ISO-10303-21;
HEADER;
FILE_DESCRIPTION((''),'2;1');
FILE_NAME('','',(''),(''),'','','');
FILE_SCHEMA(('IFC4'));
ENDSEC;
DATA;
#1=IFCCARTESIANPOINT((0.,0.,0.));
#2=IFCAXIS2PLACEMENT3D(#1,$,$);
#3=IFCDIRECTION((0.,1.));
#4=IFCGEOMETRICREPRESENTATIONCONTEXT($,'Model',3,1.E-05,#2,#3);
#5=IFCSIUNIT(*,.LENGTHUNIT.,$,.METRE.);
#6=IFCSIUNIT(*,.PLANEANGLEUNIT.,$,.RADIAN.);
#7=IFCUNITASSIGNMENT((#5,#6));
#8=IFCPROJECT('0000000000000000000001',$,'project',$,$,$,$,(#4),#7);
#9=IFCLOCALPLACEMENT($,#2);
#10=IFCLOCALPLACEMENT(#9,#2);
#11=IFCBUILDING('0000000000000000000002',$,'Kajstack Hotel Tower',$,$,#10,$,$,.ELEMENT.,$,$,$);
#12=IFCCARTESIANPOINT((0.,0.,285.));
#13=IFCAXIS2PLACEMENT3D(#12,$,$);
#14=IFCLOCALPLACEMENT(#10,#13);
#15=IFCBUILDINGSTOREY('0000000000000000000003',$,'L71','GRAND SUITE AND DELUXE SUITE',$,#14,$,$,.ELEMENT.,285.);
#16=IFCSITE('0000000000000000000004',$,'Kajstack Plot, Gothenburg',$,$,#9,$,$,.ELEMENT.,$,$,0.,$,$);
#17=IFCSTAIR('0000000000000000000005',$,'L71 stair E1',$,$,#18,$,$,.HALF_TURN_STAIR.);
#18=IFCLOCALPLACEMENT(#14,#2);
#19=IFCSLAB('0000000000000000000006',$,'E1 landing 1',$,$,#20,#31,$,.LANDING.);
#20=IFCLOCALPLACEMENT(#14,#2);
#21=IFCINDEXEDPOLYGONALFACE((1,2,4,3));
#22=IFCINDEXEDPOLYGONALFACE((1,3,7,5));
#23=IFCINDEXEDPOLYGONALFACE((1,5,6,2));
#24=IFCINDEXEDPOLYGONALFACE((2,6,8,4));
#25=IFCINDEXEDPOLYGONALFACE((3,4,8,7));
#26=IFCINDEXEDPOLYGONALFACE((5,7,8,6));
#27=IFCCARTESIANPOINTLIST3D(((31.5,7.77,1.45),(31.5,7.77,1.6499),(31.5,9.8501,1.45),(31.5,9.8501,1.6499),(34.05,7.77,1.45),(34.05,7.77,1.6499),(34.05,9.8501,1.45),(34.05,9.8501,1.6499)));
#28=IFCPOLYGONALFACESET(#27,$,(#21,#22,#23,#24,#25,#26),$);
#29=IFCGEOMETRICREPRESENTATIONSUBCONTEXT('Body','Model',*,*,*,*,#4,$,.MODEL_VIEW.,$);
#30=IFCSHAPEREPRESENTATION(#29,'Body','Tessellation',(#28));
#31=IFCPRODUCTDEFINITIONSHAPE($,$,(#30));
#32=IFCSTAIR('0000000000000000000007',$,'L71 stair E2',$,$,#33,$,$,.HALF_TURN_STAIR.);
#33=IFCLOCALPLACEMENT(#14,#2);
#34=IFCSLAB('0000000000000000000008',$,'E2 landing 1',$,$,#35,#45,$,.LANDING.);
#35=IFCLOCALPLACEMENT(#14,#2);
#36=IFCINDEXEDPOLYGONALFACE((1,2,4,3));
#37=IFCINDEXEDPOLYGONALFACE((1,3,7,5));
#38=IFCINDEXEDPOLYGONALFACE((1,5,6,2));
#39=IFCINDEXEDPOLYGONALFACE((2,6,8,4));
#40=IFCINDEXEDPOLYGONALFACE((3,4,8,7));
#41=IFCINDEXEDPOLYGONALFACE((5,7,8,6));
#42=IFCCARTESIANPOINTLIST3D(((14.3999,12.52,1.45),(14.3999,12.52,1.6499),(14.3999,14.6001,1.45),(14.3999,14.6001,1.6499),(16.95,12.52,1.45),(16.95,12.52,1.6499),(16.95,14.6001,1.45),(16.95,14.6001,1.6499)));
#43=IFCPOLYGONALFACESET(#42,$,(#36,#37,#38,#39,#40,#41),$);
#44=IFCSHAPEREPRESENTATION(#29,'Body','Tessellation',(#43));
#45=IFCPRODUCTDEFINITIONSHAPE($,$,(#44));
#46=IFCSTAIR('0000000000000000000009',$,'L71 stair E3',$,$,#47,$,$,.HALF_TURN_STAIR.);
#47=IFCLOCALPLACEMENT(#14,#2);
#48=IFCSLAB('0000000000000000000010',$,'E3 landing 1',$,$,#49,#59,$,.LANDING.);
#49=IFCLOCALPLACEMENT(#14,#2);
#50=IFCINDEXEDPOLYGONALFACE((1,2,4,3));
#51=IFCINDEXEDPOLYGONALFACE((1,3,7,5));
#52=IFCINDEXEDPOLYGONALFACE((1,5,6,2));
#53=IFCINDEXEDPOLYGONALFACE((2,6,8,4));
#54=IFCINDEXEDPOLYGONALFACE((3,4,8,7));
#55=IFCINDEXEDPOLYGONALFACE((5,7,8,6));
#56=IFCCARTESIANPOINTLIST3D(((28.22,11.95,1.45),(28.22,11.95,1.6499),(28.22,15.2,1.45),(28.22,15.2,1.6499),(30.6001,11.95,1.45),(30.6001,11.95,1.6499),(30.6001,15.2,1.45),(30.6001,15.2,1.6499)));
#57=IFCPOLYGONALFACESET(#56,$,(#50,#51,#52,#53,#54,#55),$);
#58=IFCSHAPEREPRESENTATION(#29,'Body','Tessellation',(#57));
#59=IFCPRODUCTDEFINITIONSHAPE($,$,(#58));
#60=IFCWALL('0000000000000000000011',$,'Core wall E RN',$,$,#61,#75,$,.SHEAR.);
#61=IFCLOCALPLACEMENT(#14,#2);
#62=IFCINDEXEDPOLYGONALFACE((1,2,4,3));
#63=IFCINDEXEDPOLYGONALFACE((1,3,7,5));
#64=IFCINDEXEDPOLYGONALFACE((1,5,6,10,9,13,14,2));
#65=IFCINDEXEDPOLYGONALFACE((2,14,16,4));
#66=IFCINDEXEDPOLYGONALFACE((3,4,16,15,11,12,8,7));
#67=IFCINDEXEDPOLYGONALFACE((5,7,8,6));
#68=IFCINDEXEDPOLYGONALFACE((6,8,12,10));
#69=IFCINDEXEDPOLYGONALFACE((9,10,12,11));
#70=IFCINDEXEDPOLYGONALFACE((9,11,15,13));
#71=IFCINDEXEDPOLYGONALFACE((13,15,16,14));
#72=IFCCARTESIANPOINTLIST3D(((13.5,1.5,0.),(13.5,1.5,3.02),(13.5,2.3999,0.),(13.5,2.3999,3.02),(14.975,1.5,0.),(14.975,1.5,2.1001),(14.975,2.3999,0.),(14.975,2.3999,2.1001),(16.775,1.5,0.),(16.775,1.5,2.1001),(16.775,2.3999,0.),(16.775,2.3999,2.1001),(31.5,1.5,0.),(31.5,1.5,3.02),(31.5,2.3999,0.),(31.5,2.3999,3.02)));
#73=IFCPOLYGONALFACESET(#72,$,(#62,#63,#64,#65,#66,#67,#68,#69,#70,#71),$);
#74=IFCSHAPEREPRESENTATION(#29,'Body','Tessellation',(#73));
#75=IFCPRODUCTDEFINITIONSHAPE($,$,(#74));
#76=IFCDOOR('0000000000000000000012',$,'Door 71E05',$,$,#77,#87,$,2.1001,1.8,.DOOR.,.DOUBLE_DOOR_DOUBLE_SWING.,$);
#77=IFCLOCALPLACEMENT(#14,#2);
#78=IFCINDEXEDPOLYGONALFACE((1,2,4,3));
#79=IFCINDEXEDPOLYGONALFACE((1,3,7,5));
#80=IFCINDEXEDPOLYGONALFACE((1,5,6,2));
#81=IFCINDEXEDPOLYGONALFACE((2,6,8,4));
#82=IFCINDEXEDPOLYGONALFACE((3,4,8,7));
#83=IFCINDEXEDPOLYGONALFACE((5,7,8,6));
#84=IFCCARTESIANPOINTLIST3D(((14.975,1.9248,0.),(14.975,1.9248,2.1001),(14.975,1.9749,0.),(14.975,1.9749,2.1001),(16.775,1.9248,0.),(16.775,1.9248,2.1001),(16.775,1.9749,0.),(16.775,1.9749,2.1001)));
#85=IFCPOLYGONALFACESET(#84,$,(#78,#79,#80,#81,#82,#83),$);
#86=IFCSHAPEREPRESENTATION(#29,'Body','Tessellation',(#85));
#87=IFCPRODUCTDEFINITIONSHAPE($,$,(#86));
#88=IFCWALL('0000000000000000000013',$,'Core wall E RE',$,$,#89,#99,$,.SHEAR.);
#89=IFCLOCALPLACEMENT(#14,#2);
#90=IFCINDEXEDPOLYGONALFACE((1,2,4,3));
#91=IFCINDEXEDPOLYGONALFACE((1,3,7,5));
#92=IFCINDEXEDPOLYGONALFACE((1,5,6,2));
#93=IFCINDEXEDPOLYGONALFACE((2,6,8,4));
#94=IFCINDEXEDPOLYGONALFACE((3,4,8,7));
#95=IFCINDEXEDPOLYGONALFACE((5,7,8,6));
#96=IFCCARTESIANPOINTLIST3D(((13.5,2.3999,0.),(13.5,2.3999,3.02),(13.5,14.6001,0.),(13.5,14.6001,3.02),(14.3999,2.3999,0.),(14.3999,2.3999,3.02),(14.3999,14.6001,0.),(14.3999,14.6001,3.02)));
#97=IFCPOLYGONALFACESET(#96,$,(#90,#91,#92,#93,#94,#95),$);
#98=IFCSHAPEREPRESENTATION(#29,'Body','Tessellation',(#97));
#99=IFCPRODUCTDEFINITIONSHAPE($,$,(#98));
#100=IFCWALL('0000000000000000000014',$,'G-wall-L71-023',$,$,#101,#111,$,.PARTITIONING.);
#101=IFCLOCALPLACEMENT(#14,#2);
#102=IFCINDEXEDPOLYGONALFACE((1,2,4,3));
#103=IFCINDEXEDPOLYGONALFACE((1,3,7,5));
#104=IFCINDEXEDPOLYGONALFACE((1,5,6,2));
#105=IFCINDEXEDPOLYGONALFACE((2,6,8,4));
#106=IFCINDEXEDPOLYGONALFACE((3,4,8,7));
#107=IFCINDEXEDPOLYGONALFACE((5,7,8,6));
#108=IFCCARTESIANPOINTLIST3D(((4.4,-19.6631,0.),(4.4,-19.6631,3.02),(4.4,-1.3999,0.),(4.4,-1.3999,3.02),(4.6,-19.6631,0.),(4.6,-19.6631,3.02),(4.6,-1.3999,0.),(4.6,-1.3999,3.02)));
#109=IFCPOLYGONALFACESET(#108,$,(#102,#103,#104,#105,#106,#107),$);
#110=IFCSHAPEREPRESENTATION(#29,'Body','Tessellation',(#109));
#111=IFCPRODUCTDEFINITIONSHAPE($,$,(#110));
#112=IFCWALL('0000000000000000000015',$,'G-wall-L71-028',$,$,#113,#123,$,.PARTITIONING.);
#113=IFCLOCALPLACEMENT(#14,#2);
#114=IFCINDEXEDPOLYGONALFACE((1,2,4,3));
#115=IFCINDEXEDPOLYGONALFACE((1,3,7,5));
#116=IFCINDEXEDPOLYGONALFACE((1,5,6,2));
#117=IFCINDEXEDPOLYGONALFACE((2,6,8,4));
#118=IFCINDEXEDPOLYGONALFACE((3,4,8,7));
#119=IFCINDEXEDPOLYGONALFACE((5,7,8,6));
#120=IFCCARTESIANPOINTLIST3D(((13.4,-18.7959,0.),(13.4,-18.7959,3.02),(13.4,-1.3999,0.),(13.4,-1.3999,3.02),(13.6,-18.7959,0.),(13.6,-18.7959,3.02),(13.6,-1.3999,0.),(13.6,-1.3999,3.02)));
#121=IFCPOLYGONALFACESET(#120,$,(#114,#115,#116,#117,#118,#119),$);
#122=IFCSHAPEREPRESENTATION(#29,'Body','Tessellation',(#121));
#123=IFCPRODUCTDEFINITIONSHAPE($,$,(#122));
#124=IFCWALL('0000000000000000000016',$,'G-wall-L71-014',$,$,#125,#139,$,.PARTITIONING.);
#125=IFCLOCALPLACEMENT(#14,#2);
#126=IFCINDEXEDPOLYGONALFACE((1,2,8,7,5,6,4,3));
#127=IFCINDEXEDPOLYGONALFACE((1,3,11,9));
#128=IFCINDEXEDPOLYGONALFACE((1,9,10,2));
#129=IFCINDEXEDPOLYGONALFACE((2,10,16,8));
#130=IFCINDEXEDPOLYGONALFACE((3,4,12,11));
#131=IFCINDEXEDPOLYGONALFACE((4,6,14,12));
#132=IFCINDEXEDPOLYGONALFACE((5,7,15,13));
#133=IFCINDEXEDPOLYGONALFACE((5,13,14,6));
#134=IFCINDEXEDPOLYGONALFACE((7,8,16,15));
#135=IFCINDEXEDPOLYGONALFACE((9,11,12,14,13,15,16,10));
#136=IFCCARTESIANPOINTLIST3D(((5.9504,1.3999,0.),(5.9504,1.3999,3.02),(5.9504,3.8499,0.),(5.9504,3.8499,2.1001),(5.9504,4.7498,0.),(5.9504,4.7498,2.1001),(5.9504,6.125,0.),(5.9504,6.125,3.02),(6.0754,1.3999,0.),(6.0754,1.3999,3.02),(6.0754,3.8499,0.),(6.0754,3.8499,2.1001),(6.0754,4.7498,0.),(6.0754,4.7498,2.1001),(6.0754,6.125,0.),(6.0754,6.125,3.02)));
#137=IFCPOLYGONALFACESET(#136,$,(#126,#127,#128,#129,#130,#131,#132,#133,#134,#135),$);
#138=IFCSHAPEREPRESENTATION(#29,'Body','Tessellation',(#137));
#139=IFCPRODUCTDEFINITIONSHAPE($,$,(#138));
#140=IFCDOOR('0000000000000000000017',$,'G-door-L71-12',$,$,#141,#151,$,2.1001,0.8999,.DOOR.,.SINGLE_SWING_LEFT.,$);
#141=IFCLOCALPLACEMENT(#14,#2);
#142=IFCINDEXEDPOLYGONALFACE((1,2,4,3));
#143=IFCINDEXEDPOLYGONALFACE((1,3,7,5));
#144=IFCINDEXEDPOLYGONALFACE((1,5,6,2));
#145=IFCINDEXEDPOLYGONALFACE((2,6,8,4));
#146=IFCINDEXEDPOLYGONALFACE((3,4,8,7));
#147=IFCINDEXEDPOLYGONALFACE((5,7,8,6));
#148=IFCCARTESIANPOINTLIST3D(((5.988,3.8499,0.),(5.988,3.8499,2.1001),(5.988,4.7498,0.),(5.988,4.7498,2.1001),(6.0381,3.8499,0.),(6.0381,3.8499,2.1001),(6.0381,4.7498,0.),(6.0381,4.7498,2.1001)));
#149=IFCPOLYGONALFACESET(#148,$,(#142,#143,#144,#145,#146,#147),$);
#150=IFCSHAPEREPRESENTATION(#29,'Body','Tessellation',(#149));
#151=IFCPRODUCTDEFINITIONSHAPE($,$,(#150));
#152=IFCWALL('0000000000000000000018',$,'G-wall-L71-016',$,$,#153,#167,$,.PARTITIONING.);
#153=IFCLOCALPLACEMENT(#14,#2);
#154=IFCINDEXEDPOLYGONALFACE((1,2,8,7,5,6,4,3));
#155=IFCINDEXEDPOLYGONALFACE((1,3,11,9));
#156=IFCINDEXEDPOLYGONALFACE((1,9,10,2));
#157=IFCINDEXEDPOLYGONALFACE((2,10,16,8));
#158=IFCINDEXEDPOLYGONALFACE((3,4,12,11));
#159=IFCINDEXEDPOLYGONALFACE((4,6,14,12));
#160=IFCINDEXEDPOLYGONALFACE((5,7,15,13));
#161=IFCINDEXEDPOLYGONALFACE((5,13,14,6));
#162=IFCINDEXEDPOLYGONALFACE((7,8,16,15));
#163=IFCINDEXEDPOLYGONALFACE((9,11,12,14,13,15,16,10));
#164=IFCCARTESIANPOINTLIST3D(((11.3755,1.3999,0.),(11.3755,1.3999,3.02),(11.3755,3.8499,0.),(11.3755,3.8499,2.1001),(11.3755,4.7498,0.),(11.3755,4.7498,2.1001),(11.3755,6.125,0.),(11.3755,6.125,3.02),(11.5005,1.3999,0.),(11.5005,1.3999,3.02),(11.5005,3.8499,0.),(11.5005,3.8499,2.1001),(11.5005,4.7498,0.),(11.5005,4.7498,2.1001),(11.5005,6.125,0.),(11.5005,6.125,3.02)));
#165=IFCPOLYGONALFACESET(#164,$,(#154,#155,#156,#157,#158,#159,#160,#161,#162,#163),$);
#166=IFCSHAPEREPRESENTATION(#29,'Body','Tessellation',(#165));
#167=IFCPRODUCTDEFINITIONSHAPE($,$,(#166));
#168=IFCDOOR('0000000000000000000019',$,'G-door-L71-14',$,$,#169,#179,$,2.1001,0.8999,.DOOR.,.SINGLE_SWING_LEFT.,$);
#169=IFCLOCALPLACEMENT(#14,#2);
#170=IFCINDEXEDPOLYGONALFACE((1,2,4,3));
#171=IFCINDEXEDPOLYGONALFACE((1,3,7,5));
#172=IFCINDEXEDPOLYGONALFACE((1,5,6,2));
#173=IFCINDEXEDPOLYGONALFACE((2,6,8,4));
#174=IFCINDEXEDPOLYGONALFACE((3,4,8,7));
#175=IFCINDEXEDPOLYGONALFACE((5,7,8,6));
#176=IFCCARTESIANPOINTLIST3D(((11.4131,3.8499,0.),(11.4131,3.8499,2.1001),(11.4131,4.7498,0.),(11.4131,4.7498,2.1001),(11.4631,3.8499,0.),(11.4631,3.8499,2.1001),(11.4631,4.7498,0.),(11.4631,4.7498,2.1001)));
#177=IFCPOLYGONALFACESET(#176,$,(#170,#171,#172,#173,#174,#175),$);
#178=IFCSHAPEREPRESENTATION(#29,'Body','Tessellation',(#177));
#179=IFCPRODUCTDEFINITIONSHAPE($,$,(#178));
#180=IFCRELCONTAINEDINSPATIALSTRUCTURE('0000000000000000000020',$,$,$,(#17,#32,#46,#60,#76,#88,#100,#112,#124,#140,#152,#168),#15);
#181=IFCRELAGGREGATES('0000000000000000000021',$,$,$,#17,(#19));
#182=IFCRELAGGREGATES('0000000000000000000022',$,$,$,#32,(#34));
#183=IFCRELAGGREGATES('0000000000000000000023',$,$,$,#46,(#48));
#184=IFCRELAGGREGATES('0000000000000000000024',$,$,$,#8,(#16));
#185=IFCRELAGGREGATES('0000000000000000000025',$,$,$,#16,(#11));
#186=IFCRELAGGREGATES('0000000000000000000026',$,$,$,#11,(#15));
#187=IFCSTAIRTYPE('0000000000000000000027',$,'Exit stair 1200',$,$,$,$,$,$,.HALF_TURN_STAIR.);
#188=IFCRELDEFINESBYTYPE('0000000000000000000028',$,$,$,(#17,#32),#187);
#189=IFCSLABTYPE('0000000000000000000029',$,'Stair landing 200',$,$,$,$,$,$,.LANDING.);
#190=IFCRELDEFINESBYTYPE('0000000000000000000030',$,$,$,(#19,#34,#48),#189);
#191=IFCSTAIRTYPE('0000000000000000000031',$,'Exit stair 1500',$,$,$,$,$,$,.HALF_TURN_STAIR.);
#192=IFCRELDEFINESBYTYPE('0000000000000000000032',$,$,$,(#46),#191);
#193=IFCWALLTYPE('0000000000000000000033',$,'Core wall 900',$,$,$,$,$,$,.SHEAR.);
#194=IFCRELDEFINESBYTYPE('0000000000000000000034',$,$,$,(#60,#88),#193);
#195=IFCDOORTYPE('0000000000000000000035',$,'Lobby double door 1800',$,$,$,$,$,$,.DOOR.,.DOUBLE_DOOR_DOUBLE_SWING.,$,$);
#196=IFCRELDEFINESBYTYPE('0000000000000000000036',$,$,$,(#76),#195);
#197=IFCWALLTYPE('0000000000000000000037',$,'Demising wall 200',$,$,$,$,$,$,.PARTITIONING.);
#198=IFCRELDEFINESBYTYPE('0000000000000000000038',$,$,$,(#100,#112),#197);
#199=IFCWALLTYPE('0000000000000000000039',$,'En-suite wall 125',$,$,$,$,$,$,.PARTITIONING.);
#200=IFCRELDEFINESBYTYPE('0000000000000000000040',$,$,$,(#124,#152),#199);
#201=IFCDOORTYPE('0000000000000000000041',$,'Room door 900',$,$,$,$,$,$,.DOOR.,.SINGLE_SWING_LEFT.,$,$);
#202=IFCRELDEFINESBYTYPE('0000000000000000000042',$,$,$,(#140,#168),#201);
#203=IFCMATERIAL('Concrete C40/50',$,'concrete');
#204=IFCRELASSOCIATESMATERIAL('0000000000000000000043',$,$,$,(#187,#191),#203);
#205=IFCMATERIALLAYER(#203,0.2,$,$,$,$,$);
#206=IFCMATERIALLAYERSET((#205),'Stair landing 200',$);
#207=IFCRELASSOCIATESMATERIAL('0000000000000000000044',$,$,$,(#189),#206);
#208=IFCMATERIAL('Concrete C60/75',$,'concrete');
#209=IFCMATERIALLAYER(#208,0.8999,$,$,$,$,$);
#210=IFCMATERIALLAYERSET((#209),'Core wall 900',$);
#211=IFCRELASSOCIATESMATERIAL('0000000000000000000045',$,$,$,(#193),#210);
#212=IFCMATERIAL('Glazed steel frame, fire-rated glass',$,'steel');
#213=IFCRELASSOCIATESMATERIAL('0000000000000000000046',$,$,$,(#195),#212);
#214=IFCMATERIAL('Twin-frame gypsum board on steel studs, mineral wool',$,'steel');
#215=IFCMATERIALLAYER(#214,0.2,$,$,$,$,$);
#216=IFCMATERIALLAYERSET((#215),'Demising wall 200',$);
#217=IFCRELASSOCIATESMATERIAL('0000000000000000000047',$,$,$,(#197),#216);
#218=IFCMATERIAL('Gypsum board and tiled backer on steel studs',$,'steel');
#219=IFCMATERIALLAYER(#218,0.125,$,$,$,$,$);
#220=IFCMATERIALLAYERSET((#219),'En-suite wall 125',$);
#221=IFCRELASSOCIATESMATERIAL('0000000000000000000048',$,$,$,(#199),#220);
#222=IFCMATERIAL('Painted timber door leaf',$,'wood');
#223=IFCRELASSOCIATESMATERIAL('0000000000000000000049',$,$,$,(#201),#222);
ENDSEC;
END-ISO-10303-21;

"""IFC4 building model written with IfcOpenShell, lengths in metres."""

from ifc_helpers import new_model, si_unit, direction, frame, frame_2d, origin, place, context, subcontext, project, spatial, polyline, rectangle, outline, extrude, material, layer, layer_set, type_object, element, fill, aggregate, save


model = new_model("IFC4")

# Units and contexts
model_context = context("Model", 3, precision=1e-05, world=origin(), true_north=direction((0.0, 1.0)))
body_context = subcontext(model_context, "Body", "Model", "MODEL_VIEW")
ifc_project = project(units=[si_unit("LENGTHUNIT", "METRE"), si_unit("PLANEANGLEUNIT", "RADIAN")], contexts=[model_context])

# Site, building, storey
site_placement = place(None, origin())
site = spatial("IfcSite", under=ifc_project, at=site_placement, Name="Kajstack Plot, Gothenburg", CompositionType="ELEMENT", RefElevation=0.0)
building_placement = place(site_placement, origin())
building = spatial("IfcBuilding", under=site, at=building_placement, Name="Kajstack Hotel Tower", CompositionType="ELEMENT")
storey_placement = place(building_placement, frame((0.0, 0.0, 285.0)))
storey = spatial("IfcBuildingStorey", under=building, at=storey_placement, Name="L71", Description="GRAND SUITE AND DELUXE SUITE", CompositionType="ELEMENT", Elevation=285.0)

# Stairs, slabs
ifc_material_1 = material(Name="Concrete C40/50", Category="concrete")
stair_type_1 = type_object("IfcStairType", Name="Exit stair 1200", PredefinedType="HALF_TURN_STAIR", material=ifc_material_1)
stair_1_placement = place(storey_placement, origin())
stair_1 = element("IfcStair", 1, at=stair_1_placement, inside=storey, type_object=stair_type_1, Name="L71 stair E1", PredefinedType="HALF_TURN_STAIR")
ifc_layer_1 = layer(ifc_material_1, 0.2)
ifc_layer_set_1 = layer_set([ifc_layer_1], Name="Stair landing 200")
slab_type = type_object("IfcSlabType", Name="Stair landing 200", PredefinedType="LANDING", material=ifc_layer_set_1)
slab_1_placement = place(storey_placement, frame((0.0, 0.0, 1.45)))
slab_1 = element("IfcSlab", 2, at=slab_1_placement, type_object=slab_type, Name="E1 landing 1", PredefinedType="LANDING", context=body_context, shape_type="SweptSolid", body=[
    extrude(outline(polyline([(34.05, 7.77), (34.05, 9.8501), (31.5, 9.8501), (31.5, 7.77), (34.05, 7.77)])), origin(), (0.0, 0.0, 1.0), 0.2),
])
aggregate(stair_1, [slab_1])
stair_2_placement = place(storey_placement, origin())
stair_2 = element("IfcStair", 3, at=stair_2_placement, inside=storey, type_object=stair_type_1, Name="L71 stair E2", PredefinedType="HALF_TURN_STAIR")
slab_2_placement = place(storey_placement, frame((0.0, 0.0, 1.45)))
slab_2 = element("IfcSlab", 4, at=slab_2_placement, type_object=slab_type, Name="E2 landing 1", PredefinedType="LANDING", context=body_context, shape_type="SweptSolid", body=[
    extrude(outline(polyline([(16.95, 12.52), (16.95, 14.6001), (14.3999, 14.6001), (14.3999, 12.52), (16.95, 12.52)])), origin(), (0.0, 0.0, 1.0), 0.2),
])
aggregate(stair_2, [slab_2])
stair_type_2 = type_object("IfcStairType", Name="Exit stair 1500", PredefinedType="HALF_TURN_STAIR", material=ifc_material_1)
stair_3_placement = place(storey_placement, origin())
stair_3 = element("IfcStair", 5, at=stair_3_placement, inside=storey, type_object=stair_type_2, Name="L71 stair E3", PredefinedType="HALF_TURN_STAIR")
slab_3_placement = place(storey_placement, frame((0.0, 0.0, 1.45)))
slab_3 = element("IfcSlab", 6, at=slab_3_placement, type_object=slab_type, Name="E3 landing 1", PredefinedType="LANDING", context=body_context, shape_type="SweptSolid", body=[
    extrude(outline(polyline([(28.22, 11.95), (30.6001, 11.95), (30.6001, 15.2), (28.22, 15.2), (28.22, 11.95)])), origin(), (0.0, 0.0, 1.0), 0.2),
])
aggregate(stair_3, [slab_3])

# Wall, opening, door
ifc_material_2 = material(Name="Concrete C60/75", Category="concrete")
ifc_layer_2 = layer(ifc_material_2, 0.8999)
ifc_layer_set_2 = layer_set([ifc_layer_2], Name="Core wall 900")
wall_type_1 = type_object("IfcWallType", Name="Core wall 900", PredefinedType="SHEAR", material=ifc_layer_set_2)
wall_1_placement = place(storey_placement, frame((13.5, 1.95, 0.0), z_axis=(0.0, 0.0, 1.0), x_axis=(1.0, 0.0, 0.0)))
wall_1 = element("IfcWall", 7, at=wall_1_placement, inside=storey, type_object=wall_type_1, Name="Core wall E RN", PredefinedType="SHEAR", context=body_context, shape_type="SweptSolid", body=[
    extrude(rectangle(XDim=18.0, YDim=0.8999, at=frame_2d((9.0, 0.0))), origin(), (0.0, 0.0, 1.0), 3.02),
])
opening_1_placement = place(wall_1_placement, frame((1.4751, 0.0, 0.0)))
opening_1 = element("IfcOpeningElement", 8, at=opening_1_placement, cuts=wall_1, PredefinedType="OPENING", context=body_context, shape_type="SweptSolid", body=[
    extrude(rectangle(XDim=1.8, YDim=2.1001, at=frame_2d((0.8999, 1.05))), frame((0.0, 0.46, 0.0), z_axis=(0.0, -1.0, 0.0), x_axis=(1.0, 0.0, 0.0)), (0.0, 0.0, 1.0), 0.9199),
])
ifc_material_3 = material(Name="Glazed steel frame, fire-rated glass", Category="steel")
door_type_1 = type_object("IfcDoorType", Name="Lobby double door 1800", OperationType="DOUBLE_DOOR_DOUBLE_SWING", PredefinedType="DOOR", material=ifc_material_3)
door_1_placement = place(opening_1_placement, origin())
door_1 = element("IfcDoor", 9, at=door_1_placement, inside=storey, type_object=door_type_1, Name="Door 71E05", OperationType="DOUBLE_DOOR_DOUBLE_SWING", OverallHeight=2.1001, OverallWidth=1.8, PredefinedType="DOOR", context=body_context, shape_type="SweptSolid", body=[
    extrude(rectangle(XDim=1.8, YDim=2.1001, at=frame_2d((0.8999, 1.05))), frame((0.0, 0.0249, 0.0), z_axis=(0.0, -1.0, 0.0), x_axis=(1.0, 0.0, 0.0)), (0.0, 0.0, 1.0), 0.05),
])
fill(opening_1, door_1)

# Walls
wall_2_placement = place(storey_placement, frame((13.95, 2.3999, 0.0), z_axis=(0.0, 0.0, 1.0), x_axis=(0.0, 1.0, 0.0)))
element("IfcWall", 10, at=wall_2_placement, inside=storey, type_object=wall_type_1, Name="Core wall E RE", PredefinedType="SHEAR", context=body_context, shape_type="SweptSolid", body=[
    extrude(rectangle(XDim=12.2002, YDim=0.8999, at=frame_2d((6.1001, 0.0))), origin(), (0.0, 0.0, 1.0), 3.02),
])
ifc_material_4 = material(Name="Twin-frame gypsum board on steel studs, mineral wool", Category="steel")
ifc_layer_3 = layer(ifc_material_4, 0.2)
ifc_layer_set_3 = layer_set([ifc_layer_3], Name="Demising wall 200")
wall_type_2 = type_object("IfcWallType", Name="Demising wall 200", PredefinedType="PARTITIONING", material=ifc_layer_set_3)
wall_3_placement = place(storey_placement, frame((4.5, -19.6631, 0.0), z_axis=(0.0, 0.0, 1.0), x_axis=(0.0, 1.0, 0.0)))
element("IfcWall", 11, at=wall_3_placement, inside=storey, type_object=wall_type_2, Name="G-wall-L71-023", PredefinedType="PARTITIONING", context=body_context, shape_type="SweptSolid", body=[
    extrude(rectangle(XDim=18.2632, YDim=0.2, at=frame_2d((9.1316, 0.0))), origin(), (0.0, 0.0, 1.0), 3.02),
])
wall_4_placement = place(storey_placement, frame((13.5, -18.7959, 0.0), z_axis=(0.0, 0.0, 1.0), x_axis=(0.0, 1.0, 0.0)))
element("IfcWall", 12, at=wall_4_placement, inside=storey, type_object=wall_type_2, Name="G-wall-L71-028", PredefinedType="PARTITIONING", context=body_context, shape_type="SweptSolid", body=[
    extrude(rectangle(XDim=17.396, YDim=0.2, at=frame_2d((8.698, 0.0))), origin(), (0.0, 0.0, 1.0), 3.02),
])

# Walls, openings, doors
ifc_material_5 = material(Name="Gypsum board and tiled backer on steel studs", Category="steel")
ifc_layer_4 = layer(ifc_material_5, 0.125)
ifc_layer_set_4 = layer_set([ifc_layer_4], Name="En-suite wall 125")
wall_type_3 = type_object("IfcWallType", Name="En-suite wall 125", PredefinedType="PARTITIONING", material=ifc_layer_set_4)
wall_5_placement = place(storey_placement, frame((6.0129, 1.3999, 0.0), z_axis=(0.0, 0.0, 1.0), x_axis=(0.0, 1.0, 0.0)))
wall_5 = element("IfcWall", 13, at=wall_5_placement, inside=storey, type_object=wall_type_3, Name="G-wall-L71-014", PredefinedType="PARTITIONING", context=body_context, shape_type="SweptSolid", body=[
    extrude(rectangle(XDim=4.7251, YDim=0.125, at=frame_2d((2.3625, 0.0))), origin(), (0.0, 0.0, 1.0), 3.02),
])
opening_2_placement = place(wall_5_placement, frame((2.45, 0.0, 0.0)))
opening_2 = element("IfcOpeningElement", 14, at=opening_2_placement, cuts=wall_5, PredefinedType="OPENING", context=body_context, shape_type="SweptSolid", body=[
    extrude(rectangle(XDim=0.8999, YDim=2.1001, at=frame_2d((0.45, 1.05))), frame((0.0, 0.0725, 0.0), z_axis=(0.0, -1.0, 0.0), x_axis=(1.0, 0.0, 0.0)), (0.0, 0.0, 1.0), 0.145),
])
ifc_material_6 = material(Name="Painted timber door leaf", Category="wood")
door_type_2 = type_object("IfcDoorType", Name="Room door 900", OperationType="SINGLE_SWING_LEFT", PredefinedType="DOOR", material=ifc_material_6)
door_2_placement = place(opening_2_placement, origin())
door_2 = element("IfcDoor", 15, at=door_2_placement, inside=storey, type_object=door_type_2, Name="G-door-L71-12", OperationType="SINGLE_SWING_LEFT", OverallHeight=2.1001, OverallWidth=0.8999, PredefinedType="DOOR", context=body_context, shape_type="SweptSolid", body=[
    extrude(rectangle(XDim=0.8999, YDim=2.1001, at=frame_2d((0.45, 1.05))), frame((0.0, 0.0249, 0.0), z_axis=(0.0, -1.0, 0.0), x_axis=(1.0, 0.0, 0.0)), (0.0, 0.0, 1.0), 0.05),
])
fill(opening_2, door_2)
wall_6_placement = place(storey_placement, frame((11.438, 1.3999, 0.0), z_axis=(0.0, 0.0, 1.0), x_axis=(0.0, 1.0, 0.0)))
wall_6 = element("IfcWall", 16, at=wall_6_placement, inside=storey, type_object=wall_type_3, Name="G-wall-L71-016", PredefinedType="PARTITIONING", context=body_context, shape_type="SweptSolid", body=[
    extrude(rectangle(XDim=4.7251, YDim=0.125, at=frame_2d((2.3625, 0.0))), origin(), (0.0, 0.0, 1.0), 3.02),
])
opening_3_placement = place(wall_6_placement, frame((2.45, 0.0, 0.0)))
opening_3 = element("IfcOpeningElement", 17, at=opening_3_placement, cuts=wall_6, PredefinedType="OPENING", context=body_context, shape_type="SweptSolid", body=[
    extrude(rectangle(XDim=0.8999, YDim=2.1001, at=frame_2d((0.45, 1.05))), frame((0.0, 0.0725, 0.0), z_axis=(0.0, -1.0, 0.0), x_axis=(1.0, 0.0, 0.0)), (0.0, 0.0, 1.0), 0.145),
])
door_3_placement = place(opening_3_placement, origin())
door_3 = element("IfcDoor", 18, at=door_3_placement, inside=storey, type_object=door_type_2, Name="G-door-L71-14", OperationType="SINGLE_SWING_LEFT", OverallHeight=2.1001, OverallWidth=0.8999, PredefinedType="DOOR", context=body_context, shape_type="SweptSolid", body=[
    extrude(rectangle(XDim=0.8999, YDim=2.1001, at=frame_2d((0.45, 1.05))), frame((0.0, 0.0249, 0.0), z_axis=(0.0, -1.0, 0.0), x_axis=(1.0, 0.0, 0.0)), (0.0, 0.0, 1.0), 0.05),
])
fill(opening_3, door_3)

save(model, "model.ifc")
